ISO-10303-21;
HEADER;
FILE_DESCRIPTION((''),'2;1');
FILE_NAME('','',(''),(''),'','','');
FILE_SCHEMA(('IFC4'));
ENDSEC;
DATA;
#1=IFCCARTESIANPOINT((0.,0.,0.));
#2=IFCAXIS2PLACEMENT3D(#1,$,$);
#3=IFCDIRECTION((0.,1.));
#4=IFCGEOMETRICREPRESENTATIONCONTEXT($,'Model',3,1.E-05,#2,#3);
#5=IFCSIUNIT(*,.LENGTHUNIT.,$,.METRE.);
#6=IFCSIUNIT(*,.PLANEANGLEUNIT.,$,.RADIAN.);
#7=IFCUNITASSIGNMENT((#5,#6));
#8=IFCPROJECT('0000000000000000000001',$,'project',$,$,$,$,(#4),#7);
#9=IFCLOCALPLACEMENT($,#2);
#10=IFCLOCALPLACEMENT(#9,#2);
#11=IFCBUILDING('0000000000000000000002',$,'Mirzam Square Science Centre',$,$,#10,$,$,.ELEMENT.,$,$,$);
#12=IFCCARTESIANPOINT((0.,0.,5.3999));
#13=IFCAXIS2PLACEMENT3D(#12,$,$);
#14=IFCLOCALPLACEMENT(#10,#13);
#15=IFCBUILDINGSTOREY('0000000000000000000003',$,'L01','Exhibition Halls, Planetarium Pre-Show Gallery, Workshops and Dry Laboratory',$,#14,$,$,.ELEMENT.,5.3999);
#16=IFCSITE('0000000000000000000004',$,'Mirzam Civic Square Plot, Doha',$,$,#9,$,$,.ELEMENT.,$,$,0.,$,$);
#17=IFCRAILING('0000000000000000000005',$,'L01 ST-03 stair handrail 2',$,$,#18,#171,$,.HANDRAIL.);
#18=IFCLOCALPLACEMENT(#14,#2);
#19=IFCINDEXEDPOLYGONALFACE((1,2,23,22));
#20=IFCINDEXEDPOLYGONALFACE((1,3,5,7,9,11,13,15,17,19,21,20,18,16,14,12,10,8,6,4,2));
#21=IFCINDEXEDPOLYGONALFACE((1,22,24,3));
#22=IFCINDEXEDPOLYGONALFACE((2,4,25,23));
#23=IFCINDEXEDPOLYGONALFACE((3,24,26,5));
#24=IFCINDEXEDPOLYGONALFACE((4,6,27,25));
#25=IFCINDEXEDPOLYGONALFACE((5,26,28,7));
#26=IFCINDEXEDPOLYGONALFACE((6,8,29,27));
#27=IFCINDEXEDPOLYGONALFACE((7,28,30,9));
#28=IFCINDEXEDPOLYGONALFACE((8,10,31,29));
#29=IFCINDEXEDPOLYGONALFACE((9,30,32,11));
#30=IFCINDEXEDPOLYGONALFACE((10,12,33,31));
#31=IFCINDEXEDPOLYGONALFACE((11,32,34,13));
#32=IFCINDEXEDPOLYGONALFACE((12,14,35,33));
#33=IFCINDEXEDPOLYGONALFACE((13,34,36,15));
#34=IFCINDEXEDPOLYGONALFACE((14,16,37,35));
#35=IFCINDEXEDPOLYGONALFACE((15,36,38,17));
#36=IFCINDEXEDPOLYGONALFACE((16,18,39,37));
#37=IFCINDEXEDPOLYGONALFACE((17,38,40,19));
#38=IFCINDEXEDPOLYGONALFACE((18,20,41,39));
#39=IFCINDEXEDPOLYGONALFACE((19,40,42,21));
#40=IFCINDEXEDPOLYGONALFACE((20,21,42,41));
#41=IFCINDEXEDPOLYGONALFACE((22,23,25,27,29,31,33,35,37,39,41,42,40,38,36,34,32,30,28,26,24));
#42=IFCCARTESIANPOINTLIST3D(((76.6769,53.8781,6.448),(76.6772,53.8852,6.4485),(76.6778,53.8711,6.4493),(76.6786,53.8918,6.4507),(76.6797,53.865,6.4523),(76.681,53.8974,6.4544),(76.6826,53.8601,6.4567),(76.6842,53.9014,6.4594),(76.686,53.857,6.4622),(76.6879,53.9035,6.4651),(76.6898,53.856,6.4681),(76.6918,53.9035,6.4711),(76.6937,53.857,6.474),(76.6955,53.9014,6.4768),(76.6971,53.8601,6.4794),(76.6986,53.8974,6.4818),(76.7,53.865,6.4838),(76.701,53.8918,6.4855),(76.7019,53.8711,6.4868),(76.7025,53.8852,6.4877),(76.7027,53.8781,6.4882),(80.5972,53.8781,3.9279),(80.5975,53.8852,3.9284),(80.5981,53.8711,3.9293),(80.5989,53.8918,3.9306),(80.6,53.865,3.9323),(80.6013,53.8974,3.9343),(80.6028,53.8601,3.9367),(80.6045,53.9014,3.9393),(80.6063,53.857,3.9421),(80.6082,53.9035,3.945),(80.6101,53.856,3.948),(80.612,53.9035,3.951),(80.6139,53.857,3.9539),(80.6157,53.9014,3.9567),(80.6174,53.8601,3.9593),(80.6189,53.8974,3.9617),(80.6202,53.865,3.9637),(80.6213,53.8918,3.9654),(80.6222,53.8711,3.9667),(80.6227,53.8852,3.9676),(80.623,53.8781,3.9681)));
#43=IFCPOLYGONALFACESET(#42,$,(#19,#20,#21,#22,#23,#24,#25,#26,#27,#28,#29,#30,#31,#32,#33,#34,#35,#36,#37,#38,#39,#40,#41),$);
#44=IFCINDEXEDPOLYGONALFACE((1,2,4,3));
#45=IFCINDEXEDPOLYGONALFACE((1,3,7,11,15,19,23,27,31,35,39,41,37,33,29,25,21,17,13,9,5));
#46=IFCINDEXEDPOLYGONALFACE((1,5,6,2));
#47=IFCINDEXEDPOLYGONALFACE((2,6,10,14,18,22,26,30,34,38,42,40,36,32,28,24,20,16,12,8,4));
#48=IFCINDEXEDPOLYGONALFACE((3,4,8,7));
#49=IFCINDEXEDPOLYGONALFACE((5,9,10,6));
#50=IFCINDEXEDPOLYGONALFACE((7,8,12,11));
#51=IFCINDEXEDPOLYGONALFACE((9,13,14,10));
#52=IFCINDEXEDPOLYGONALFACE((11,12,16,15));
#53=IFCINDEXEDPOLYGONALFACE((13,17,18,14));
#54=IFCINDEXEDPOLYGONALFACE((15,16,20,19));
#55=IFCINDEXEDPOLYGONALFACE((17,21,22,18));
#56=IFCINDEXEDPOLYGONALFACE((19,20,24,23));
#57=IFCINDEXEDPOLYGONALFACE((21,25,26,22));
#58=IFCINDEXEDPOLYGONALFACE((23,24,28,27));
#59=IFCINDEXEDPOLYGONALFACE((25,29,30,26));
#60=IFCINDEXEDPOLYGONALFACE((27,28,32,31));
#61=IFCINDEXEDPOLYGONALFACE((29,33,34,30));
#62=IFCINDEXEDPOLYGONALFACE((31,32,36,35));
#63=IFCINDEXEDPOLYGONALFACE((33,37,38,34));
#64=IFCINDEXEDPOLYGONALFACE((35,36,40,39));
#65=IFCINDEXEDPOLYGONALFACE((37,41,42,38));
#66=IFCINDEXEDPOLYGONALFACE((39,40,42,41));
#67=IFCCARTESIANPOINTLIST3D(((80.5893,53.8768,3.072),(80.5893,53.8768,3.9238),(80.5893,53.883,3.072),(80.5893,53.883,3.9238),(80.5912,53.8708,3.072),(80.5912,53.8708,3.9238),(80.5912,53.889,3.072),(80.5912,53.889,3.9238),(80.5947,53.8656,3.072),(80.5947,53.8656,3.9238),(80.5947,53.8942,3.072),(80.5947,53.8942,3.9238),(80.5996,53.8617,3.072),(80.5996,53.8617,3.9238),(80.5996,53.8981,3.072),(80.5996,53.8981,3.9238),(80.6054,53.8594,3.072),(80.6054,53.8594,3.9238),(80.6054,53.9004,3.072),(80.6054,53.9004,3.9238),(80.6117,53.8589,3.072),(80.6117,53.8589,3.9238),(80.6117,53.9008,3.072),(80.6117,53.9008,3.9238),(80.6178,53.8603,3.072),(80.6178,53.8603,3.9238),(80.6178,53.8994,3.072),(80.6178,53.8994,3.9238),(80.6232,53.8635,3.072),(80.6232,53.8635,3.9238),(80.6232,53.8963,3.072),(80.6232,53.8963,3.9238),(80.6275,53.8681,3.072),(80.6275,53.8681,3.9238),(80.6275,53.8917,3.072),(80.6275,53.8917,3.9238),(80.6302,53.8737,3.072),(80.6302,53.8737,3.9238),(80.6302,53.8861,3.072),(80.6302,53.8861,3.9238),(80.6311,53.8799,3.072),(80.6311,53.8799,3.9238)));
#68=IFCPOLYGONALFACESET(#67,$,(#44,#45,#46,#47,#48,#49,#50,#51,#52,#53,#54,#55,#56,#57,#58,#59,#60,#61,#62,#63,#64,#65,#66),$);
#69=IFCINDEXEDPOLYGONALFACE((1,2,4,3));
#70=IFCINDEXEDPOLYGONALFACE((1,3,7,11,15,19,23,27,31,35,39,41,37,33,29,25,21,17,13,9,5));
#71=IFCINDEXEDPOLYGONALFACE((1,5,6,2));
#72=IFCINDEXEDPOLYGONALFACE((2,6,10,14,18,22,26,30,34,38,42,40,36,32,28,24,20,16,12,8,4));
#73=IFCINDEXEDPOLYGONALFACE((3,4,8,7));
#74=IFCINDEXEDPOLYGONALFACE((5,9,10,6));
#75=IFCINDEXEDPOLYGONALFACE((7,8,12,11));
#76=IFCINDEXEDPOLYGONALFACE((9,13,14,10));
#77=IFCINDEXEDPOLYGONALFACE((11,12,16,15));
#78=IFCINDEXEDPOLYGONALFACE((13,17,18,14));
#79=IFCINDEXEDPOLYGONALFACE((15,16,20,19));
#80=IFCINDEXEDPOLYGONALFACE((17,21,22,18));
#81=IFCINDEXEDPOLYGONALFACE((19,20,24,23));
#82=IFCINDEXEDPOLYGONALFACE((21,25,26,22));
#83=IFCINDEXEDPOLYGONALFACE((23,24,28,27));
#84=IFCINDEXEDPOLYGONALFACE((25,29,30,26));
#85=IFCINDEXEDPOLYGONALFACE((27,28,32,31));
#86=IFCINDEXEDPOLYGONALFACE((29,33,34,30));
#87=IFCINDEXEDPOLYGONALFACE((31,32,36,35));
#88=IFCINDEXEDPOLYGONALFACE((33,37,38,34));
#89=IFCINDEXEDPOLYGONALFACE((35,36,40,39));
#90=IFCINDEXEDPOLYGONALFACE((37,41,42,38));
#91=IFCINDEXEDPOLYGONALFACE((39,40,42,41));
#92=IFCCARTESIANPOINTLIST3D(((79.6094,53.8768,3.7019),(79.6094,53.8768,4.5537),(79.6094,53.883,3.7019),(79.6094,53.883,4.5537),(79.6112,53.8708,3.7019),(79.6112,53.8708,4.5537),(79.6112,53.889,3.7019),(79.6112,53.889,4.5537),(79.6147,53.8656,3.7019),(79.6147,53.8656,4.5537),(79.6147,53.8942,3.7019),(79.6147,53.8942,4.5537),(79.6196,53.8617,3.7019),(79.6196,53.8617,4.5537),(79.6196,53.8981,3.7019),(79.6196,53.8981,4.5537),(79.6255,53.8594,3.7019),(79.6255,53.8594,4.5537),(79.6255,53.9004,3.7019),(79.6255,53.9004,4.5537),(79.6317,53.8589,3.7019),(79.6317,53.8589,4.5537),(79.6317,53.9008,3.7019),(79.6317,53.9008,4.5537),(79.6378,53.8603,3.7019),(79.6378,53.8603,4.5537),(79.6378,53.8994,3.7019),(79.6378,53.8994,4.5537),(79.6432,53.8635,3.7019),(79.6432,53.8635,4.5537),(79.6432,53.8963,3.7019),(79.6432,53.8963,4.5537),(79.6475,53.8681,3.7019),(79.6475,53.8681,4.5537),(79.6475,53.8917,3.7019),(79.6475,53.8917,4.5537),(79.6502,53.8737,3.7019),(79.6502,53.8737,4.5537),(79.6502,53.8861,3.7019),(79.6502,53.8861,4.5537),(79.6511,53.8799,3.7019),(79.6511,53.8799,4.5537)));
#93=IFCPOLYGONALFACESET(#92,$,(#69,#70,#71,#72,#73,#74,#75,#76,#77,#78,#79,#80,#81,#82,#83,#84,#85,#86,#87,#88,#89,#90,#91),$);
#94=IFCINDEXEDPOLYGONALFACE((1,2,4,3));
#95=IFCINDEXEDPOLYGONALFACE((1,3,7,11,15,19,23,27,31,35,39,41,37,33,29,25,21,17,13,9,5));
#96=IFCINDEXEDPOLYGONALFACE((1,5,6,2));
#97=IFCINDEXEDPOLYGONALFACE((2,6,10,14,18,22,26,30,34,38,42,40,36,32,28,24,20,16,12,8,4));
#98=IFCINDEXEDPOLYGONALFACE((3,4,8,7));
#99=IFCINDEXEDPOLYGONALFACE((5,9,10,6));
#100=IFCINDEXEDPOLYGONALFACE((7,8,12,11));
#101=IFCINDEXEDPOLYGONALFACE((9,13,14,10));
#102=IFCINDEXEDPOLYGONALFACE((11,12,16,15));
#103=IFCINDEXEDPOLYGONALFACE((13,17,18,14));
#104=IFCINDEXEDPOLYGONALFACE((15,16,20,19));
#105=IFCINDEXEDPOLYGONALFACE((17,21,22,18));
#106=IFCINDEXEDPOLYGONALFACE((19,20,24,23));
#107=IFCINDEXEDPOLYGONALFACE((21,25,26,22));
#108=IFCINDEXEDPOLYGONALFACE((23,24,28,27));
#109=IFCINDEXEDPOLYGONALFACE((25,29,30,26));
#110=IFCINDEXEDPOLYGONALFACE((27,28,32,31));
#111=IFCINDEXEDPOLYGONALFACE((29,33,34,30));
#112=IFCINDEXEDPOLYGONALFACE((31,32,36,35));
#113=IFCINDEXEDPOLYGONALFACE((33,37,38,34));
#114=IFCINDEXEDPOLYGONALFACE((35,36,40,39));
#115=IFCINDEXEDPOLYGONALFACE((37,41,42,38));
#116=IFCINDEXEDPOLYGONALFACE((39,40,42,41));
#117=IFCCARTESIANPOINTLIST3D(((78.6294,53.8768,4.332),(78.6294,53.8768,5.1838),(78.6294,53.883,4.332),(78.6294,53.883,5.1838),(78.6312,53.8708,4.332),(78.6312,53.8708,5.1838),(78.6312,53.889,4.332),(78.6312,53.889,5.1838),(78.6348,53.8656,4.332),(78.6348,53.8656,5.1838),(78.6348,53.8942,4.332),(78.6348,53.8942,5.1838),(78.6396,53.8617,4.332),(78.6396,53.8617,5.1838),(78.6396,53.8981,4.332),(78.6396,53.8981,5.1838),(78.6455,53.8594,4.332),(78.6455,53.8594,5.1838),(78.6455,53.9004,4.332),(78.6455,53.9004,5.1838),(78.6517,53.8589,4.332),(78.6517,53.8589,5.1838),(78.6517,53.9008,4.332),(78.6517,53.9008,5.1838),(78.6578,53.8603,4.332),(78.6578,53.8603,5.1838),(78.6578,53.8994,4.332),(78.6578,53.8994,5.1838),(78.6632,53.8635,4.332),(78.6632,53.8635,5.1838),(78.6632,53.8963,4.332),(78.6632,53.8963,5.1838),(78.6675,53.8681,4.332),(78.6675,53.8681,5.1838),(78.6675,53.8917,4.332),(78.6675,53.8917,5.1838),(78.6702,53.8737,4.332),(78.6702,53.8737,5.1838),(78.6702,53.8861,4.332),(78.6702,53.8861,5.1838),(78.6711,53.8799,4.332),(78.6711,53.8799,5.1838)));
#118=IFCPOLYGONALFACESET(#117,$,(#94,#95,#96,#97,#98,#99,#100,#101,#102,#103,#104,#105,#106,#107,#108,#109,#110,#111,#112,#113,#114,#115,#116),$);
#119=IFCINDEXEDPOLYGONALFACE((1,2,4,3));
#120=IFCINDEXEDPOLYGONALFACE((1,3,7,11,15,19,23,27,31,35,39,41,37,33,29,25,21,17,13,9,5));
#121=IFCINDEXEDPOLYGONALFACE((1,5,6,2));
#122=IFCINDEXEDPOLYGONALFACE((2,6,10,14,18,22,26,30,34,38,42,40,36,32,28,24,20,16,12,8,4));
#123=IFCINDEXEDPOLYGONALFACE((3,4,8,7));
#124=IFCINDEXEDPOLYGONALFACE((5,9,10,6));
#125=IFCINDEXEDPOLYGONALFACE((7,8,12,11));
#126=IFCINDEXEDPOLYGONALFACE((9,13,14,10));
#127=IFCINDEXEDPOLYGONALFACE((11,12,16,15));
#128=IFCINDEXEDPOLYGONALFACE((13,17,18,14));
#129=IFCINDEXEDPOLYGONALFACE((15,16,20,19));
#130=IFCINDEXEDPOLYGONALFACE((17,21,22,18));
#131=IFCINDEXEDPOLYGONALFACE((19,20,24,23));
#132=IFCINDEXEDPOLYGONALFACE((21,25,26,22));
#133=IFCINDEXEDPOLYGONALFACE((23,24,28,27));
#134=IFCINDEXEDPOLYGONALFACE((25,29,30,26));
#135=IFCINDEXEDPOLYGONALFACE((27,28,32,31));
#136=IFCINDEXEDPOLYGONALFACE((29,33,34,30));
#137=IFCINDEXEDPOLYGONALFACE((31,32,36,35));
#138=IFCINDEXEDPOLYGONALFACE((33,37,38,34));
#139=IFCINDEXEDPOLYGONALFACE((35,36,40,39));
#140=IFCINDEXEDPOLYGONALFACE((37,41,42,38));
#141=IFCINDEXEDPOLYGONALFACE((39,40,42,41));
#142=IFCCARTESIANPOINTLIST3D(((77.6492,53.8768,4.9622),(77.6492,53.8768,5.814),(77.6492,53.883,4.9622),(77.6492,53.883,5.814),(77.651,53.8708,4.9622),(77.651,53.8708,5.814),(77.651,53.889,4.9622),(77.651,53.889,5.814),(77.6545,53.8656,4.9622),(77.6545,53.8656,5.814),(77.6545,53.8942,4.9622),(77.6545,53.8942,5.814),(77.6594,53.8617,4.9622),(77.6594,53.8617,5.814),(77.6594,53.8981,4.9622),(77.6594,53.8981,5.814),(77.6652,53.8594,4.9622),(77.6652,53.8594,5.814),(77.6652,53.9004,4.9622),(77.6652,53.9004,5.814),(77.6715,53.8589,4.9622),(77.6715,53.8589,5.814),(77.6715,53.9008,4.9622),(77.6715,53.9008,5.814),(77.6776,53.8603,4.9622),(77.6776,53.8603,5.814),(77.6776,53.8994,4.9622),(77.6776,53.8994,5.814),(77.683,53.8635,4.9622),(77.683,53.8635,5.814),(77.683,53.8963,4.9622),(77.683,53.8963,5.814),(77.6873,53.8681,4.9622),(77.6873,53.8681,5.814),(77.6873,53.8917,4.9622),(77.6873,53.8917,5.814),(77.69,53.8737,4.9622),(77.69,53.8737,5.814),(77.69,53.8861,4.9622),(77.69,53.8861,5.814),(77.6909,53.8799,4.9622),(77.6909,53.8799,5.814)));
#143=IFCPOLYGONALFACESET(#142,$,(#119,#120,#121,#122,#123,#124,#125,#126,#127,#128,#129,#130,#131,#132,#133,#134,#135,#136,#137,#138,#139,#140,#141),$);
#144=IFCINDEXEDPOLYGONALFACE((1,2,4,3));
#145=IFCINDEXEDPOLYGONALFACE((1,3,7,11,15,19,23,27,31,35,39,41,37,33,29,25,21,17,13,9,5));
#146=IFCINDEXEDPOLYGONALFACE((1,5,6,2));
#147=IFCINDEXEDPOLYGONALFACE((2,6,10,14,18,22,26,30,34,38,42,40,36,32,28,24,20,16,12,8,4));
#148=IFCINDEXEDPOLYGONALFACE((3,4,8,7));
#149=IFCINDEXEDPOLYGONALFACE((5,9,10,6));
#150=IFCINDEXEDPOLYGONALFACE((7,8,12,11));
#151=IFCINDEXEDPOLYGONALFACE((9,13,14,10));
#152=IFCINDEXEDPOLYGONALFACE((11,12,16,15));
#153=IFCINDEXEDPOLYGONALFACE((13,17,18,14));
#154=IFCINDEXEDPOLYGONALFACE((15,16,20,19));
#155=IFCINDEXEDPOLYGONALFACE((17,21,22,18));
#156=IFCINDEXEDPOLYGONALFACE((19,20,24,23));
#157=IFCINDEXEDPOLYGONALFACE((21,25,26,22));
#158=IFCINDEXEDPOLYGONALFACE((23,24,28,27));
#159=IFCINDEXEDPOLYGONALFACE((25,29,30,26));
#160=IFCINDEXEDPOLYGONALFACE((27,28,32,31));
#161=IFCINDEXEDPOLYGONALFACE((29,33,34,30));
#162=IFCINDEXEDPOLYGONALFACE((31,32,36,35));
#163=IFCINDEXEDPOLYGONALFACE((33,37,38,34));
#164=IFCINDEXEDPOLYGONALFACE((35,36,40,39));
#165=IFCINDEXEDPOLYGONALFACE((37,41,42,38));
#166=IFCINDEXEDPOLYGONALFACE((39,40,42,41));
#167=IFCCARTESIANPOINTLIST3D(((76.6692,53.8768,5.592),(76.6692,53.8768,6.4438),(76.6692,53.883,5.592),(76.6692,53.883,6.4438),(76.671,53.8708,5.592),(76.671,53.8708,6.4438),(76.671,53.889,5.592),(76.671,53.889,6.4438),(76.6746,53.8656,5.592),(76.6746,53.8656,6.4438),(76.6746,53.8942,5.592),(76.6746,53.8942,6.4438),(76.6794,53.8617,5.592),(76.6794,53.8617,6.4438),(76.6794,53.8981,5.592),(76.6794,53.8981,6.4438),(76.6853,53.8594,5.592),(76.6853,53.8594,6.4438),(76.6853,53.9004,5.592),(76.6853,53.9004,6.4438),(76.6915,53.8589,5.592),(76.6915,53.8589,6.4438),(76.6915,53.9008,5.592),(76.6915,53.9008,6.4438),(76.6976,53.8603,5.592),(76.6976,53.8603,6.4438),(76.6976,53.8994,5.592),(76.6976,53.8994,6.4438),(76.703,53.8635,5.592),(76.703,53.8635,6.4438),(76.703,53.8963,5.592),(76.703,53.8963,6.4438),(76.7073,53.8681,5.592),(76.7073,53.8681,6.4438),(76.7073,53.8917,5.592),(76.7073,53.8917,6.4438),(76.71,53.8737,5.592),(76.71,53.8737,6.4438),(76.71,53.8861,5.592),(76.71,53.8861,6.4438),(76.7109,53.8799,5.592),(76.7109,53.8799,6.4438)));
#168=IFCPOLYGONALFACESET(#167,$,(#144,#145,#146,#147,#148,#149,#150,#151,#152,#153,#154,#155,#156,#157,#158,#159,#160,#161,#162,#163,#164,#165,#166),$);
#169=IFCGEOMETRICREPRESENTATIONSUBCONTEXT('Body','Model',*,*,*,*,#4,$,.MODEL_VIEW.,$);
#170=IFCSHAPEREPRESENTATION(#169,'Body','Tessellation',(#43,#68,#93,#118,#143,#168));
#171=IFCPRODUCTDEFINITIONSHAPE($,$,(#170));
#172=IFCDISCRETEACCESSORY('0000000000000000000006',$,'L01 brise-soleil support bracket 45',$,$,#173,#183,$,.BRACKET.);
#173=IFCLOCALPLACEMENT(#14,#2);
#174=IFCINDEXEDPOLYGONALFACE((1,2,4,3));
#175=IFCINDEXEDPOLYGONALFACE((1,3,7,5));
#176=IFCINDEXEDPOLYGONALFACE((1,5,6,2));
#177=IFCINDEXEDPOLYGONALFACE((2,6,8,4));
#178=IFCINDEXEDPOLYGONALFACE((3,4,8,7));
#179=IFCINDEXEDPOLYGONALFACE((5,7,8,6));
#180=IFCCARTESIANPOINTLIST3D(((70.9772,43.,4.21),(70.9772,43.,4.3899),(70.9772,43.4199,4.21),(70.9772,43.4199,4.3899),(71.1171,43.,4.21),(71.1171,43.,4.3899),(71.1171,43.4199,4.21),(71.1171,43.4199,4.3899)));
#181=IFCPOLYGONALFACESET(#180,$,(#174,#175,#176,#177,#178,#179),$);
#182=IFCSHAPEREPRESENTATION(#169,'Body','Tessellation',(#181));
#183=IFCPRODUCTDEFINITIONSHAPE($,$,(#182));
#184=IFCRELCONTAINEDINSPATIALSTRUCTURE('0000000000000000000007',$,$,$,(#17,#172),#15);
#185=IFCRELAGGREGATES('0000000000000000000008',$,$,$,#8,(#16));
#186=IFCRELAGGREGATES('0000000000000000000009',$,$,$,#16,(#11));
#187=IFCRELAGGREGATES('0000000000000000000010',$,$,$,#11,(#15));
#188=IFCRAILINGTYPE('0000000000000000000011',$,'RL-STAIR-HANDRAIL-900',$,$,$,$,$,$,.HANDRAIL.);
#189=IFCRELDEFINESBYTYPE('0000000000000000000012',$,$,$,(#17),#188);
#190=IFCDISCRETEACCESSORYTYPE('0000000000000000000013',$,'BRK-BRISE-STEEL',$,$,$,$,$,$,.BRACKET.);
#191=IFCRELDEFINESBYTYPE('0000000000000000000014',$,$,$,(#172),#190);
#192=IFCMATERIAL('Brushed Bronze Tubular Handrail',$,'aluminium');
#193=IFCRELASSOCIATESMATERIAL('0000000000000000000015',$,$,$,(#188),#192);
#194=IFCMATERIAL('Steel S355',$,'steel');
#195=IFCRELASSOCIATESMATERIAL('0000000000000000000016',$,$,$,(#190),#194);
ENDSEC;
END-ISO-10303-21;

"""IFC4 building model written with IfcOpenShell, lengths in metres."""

from ifc_helpers import new_model, si_unit, direction, frame, origin, origin_2d, place, context, subcontext, project, spatial, rectangle, circle, extrude, material, type_object, element, save


model = new_model("IFC4")

# Units and contexts
model_context = context("Model", 3, precision=1e-05, world=origin(), true_north=direction((0.0, 1.0)))
body_context = subcontext(model_context, "Body", "Model", "MODEL_VIEW")
ifc_project = project(units=[si_unit("LENGTHUNIT", "METRE"), si_unit("PLANEANGLEUNIT", "RADIAN")], contexts=[model_context])

# Site, building, storey
site_placement = place(None, origin())
site = spatial("IfcSite", under=ifc_project, at=site_placement, Name="Mirzam Civic Square Plot, Doha", CompositionType="ELEMENT", RefElevation=0.0)
building_placement = place(site_placement, origin())
building = spatial("IfcBuilding", under=site, at=building_placement, Name="Mirzam Square Science Centre", CompositionType="ELEMENT")
storey_placement = place(building_placement, frame((0.0, 0.0, 5.3999)))
storey = spatial("IfcBuildingStorey", under=building, at=storey_placement, Name="L01", Description="Exhibition Halls, Planetarium Pre-Show Gallery, Workshops and Dry Laboratory", CompositionType="ELEMENT", Elevation=5.3999)

# Railing
ifc_material_1 = material(Name="Brushed Bronze Tubular Handrail", Category="aluminium")
railing_type_1 = type_object("IfcRailingType", Name="RL-STAIR-HANDRAIL-900", PredefinedType="HANDRAIL", material=ifc_material_1)
railing_1_placement = place(storey_placement, frame((80.6101, 53.8799, 3.072)))
element("IfcRailing", 1, at=railing_1_placement, inside=storey, type_object=railing_type_1, Name="L01 ST-03 stair handrail 2", PredefinedType="HANDRAIL", context=body_context, shape_type="SweptSolid", body=[
    extrude(circle(Radius=0.0239, at=origin_2d()), frame((0.0, 0.0, 0.876), z_axis=(-0.841187, 0.0, 0.540744), x_axis=(0.0, -1.0, 0.0)), (0.0, 0.0, 1.0), 4.6604),
    extrude(circle(Radius=0.021, at=origin_2d()), origin(), (0.0, 0.0, 1.0), 0.8518),
    extrude(circle(Radius=0.021, at=origin_2d()), frame((-0.98, 0.0, 0.6299)), (0.0, 0.0, 1.0), 0.8518),
    extrude(circle(Radius=0.021, at=origin_2d()), frame((-1.96, 0.0, 1.26)), (0.0, 0.0, 1.0), 0.8518),
    extrude(circle(Radius=0.021, at=origin_2d()), frame((-2.9402, 0.0, 1.8901)), (0.0, 0.0, 1.0), 0.8518),
    extrude(circle(Radius=0.021, at=origin_2d()), frame((-3.9202, 0.0, 2.52)), (0.0, 0.0, 1.0), 0.8518),
])

# Discrete accessory
ifc_material_2 = material(Name="Steel S355", Category="steel")
discrete_accessory_type = type_object("IfcDiscreteAccessoryType", Name="BRK-BRISE-STEEL", PredefinedType="BRACKET", material=ifc_material_2)
discrete_accessory_placement = place(storey_placement, frame((71.0471, 43.21, 4.21), z_axis=(0.0, 0.0, 1.0), x_axis=(1.0, 0.0, 0.0)))
element("IfcDiscreteAccessory", 2, at=discrete_accessory_placement, inside=storey, type_object=discrete_accessory_type, Name="L01 brise-soleil support bracket 45", PredefinedType="BRACKET", context=body_context, shape_type="SweptSolid", body=[
    extrude(rectangle(XDim=0.1399, YDim=0.4199, at=origin_2d()), origin(), (0.0, 0.0, 1.0), 0.1799),
])

save(model, "model.ifc")
